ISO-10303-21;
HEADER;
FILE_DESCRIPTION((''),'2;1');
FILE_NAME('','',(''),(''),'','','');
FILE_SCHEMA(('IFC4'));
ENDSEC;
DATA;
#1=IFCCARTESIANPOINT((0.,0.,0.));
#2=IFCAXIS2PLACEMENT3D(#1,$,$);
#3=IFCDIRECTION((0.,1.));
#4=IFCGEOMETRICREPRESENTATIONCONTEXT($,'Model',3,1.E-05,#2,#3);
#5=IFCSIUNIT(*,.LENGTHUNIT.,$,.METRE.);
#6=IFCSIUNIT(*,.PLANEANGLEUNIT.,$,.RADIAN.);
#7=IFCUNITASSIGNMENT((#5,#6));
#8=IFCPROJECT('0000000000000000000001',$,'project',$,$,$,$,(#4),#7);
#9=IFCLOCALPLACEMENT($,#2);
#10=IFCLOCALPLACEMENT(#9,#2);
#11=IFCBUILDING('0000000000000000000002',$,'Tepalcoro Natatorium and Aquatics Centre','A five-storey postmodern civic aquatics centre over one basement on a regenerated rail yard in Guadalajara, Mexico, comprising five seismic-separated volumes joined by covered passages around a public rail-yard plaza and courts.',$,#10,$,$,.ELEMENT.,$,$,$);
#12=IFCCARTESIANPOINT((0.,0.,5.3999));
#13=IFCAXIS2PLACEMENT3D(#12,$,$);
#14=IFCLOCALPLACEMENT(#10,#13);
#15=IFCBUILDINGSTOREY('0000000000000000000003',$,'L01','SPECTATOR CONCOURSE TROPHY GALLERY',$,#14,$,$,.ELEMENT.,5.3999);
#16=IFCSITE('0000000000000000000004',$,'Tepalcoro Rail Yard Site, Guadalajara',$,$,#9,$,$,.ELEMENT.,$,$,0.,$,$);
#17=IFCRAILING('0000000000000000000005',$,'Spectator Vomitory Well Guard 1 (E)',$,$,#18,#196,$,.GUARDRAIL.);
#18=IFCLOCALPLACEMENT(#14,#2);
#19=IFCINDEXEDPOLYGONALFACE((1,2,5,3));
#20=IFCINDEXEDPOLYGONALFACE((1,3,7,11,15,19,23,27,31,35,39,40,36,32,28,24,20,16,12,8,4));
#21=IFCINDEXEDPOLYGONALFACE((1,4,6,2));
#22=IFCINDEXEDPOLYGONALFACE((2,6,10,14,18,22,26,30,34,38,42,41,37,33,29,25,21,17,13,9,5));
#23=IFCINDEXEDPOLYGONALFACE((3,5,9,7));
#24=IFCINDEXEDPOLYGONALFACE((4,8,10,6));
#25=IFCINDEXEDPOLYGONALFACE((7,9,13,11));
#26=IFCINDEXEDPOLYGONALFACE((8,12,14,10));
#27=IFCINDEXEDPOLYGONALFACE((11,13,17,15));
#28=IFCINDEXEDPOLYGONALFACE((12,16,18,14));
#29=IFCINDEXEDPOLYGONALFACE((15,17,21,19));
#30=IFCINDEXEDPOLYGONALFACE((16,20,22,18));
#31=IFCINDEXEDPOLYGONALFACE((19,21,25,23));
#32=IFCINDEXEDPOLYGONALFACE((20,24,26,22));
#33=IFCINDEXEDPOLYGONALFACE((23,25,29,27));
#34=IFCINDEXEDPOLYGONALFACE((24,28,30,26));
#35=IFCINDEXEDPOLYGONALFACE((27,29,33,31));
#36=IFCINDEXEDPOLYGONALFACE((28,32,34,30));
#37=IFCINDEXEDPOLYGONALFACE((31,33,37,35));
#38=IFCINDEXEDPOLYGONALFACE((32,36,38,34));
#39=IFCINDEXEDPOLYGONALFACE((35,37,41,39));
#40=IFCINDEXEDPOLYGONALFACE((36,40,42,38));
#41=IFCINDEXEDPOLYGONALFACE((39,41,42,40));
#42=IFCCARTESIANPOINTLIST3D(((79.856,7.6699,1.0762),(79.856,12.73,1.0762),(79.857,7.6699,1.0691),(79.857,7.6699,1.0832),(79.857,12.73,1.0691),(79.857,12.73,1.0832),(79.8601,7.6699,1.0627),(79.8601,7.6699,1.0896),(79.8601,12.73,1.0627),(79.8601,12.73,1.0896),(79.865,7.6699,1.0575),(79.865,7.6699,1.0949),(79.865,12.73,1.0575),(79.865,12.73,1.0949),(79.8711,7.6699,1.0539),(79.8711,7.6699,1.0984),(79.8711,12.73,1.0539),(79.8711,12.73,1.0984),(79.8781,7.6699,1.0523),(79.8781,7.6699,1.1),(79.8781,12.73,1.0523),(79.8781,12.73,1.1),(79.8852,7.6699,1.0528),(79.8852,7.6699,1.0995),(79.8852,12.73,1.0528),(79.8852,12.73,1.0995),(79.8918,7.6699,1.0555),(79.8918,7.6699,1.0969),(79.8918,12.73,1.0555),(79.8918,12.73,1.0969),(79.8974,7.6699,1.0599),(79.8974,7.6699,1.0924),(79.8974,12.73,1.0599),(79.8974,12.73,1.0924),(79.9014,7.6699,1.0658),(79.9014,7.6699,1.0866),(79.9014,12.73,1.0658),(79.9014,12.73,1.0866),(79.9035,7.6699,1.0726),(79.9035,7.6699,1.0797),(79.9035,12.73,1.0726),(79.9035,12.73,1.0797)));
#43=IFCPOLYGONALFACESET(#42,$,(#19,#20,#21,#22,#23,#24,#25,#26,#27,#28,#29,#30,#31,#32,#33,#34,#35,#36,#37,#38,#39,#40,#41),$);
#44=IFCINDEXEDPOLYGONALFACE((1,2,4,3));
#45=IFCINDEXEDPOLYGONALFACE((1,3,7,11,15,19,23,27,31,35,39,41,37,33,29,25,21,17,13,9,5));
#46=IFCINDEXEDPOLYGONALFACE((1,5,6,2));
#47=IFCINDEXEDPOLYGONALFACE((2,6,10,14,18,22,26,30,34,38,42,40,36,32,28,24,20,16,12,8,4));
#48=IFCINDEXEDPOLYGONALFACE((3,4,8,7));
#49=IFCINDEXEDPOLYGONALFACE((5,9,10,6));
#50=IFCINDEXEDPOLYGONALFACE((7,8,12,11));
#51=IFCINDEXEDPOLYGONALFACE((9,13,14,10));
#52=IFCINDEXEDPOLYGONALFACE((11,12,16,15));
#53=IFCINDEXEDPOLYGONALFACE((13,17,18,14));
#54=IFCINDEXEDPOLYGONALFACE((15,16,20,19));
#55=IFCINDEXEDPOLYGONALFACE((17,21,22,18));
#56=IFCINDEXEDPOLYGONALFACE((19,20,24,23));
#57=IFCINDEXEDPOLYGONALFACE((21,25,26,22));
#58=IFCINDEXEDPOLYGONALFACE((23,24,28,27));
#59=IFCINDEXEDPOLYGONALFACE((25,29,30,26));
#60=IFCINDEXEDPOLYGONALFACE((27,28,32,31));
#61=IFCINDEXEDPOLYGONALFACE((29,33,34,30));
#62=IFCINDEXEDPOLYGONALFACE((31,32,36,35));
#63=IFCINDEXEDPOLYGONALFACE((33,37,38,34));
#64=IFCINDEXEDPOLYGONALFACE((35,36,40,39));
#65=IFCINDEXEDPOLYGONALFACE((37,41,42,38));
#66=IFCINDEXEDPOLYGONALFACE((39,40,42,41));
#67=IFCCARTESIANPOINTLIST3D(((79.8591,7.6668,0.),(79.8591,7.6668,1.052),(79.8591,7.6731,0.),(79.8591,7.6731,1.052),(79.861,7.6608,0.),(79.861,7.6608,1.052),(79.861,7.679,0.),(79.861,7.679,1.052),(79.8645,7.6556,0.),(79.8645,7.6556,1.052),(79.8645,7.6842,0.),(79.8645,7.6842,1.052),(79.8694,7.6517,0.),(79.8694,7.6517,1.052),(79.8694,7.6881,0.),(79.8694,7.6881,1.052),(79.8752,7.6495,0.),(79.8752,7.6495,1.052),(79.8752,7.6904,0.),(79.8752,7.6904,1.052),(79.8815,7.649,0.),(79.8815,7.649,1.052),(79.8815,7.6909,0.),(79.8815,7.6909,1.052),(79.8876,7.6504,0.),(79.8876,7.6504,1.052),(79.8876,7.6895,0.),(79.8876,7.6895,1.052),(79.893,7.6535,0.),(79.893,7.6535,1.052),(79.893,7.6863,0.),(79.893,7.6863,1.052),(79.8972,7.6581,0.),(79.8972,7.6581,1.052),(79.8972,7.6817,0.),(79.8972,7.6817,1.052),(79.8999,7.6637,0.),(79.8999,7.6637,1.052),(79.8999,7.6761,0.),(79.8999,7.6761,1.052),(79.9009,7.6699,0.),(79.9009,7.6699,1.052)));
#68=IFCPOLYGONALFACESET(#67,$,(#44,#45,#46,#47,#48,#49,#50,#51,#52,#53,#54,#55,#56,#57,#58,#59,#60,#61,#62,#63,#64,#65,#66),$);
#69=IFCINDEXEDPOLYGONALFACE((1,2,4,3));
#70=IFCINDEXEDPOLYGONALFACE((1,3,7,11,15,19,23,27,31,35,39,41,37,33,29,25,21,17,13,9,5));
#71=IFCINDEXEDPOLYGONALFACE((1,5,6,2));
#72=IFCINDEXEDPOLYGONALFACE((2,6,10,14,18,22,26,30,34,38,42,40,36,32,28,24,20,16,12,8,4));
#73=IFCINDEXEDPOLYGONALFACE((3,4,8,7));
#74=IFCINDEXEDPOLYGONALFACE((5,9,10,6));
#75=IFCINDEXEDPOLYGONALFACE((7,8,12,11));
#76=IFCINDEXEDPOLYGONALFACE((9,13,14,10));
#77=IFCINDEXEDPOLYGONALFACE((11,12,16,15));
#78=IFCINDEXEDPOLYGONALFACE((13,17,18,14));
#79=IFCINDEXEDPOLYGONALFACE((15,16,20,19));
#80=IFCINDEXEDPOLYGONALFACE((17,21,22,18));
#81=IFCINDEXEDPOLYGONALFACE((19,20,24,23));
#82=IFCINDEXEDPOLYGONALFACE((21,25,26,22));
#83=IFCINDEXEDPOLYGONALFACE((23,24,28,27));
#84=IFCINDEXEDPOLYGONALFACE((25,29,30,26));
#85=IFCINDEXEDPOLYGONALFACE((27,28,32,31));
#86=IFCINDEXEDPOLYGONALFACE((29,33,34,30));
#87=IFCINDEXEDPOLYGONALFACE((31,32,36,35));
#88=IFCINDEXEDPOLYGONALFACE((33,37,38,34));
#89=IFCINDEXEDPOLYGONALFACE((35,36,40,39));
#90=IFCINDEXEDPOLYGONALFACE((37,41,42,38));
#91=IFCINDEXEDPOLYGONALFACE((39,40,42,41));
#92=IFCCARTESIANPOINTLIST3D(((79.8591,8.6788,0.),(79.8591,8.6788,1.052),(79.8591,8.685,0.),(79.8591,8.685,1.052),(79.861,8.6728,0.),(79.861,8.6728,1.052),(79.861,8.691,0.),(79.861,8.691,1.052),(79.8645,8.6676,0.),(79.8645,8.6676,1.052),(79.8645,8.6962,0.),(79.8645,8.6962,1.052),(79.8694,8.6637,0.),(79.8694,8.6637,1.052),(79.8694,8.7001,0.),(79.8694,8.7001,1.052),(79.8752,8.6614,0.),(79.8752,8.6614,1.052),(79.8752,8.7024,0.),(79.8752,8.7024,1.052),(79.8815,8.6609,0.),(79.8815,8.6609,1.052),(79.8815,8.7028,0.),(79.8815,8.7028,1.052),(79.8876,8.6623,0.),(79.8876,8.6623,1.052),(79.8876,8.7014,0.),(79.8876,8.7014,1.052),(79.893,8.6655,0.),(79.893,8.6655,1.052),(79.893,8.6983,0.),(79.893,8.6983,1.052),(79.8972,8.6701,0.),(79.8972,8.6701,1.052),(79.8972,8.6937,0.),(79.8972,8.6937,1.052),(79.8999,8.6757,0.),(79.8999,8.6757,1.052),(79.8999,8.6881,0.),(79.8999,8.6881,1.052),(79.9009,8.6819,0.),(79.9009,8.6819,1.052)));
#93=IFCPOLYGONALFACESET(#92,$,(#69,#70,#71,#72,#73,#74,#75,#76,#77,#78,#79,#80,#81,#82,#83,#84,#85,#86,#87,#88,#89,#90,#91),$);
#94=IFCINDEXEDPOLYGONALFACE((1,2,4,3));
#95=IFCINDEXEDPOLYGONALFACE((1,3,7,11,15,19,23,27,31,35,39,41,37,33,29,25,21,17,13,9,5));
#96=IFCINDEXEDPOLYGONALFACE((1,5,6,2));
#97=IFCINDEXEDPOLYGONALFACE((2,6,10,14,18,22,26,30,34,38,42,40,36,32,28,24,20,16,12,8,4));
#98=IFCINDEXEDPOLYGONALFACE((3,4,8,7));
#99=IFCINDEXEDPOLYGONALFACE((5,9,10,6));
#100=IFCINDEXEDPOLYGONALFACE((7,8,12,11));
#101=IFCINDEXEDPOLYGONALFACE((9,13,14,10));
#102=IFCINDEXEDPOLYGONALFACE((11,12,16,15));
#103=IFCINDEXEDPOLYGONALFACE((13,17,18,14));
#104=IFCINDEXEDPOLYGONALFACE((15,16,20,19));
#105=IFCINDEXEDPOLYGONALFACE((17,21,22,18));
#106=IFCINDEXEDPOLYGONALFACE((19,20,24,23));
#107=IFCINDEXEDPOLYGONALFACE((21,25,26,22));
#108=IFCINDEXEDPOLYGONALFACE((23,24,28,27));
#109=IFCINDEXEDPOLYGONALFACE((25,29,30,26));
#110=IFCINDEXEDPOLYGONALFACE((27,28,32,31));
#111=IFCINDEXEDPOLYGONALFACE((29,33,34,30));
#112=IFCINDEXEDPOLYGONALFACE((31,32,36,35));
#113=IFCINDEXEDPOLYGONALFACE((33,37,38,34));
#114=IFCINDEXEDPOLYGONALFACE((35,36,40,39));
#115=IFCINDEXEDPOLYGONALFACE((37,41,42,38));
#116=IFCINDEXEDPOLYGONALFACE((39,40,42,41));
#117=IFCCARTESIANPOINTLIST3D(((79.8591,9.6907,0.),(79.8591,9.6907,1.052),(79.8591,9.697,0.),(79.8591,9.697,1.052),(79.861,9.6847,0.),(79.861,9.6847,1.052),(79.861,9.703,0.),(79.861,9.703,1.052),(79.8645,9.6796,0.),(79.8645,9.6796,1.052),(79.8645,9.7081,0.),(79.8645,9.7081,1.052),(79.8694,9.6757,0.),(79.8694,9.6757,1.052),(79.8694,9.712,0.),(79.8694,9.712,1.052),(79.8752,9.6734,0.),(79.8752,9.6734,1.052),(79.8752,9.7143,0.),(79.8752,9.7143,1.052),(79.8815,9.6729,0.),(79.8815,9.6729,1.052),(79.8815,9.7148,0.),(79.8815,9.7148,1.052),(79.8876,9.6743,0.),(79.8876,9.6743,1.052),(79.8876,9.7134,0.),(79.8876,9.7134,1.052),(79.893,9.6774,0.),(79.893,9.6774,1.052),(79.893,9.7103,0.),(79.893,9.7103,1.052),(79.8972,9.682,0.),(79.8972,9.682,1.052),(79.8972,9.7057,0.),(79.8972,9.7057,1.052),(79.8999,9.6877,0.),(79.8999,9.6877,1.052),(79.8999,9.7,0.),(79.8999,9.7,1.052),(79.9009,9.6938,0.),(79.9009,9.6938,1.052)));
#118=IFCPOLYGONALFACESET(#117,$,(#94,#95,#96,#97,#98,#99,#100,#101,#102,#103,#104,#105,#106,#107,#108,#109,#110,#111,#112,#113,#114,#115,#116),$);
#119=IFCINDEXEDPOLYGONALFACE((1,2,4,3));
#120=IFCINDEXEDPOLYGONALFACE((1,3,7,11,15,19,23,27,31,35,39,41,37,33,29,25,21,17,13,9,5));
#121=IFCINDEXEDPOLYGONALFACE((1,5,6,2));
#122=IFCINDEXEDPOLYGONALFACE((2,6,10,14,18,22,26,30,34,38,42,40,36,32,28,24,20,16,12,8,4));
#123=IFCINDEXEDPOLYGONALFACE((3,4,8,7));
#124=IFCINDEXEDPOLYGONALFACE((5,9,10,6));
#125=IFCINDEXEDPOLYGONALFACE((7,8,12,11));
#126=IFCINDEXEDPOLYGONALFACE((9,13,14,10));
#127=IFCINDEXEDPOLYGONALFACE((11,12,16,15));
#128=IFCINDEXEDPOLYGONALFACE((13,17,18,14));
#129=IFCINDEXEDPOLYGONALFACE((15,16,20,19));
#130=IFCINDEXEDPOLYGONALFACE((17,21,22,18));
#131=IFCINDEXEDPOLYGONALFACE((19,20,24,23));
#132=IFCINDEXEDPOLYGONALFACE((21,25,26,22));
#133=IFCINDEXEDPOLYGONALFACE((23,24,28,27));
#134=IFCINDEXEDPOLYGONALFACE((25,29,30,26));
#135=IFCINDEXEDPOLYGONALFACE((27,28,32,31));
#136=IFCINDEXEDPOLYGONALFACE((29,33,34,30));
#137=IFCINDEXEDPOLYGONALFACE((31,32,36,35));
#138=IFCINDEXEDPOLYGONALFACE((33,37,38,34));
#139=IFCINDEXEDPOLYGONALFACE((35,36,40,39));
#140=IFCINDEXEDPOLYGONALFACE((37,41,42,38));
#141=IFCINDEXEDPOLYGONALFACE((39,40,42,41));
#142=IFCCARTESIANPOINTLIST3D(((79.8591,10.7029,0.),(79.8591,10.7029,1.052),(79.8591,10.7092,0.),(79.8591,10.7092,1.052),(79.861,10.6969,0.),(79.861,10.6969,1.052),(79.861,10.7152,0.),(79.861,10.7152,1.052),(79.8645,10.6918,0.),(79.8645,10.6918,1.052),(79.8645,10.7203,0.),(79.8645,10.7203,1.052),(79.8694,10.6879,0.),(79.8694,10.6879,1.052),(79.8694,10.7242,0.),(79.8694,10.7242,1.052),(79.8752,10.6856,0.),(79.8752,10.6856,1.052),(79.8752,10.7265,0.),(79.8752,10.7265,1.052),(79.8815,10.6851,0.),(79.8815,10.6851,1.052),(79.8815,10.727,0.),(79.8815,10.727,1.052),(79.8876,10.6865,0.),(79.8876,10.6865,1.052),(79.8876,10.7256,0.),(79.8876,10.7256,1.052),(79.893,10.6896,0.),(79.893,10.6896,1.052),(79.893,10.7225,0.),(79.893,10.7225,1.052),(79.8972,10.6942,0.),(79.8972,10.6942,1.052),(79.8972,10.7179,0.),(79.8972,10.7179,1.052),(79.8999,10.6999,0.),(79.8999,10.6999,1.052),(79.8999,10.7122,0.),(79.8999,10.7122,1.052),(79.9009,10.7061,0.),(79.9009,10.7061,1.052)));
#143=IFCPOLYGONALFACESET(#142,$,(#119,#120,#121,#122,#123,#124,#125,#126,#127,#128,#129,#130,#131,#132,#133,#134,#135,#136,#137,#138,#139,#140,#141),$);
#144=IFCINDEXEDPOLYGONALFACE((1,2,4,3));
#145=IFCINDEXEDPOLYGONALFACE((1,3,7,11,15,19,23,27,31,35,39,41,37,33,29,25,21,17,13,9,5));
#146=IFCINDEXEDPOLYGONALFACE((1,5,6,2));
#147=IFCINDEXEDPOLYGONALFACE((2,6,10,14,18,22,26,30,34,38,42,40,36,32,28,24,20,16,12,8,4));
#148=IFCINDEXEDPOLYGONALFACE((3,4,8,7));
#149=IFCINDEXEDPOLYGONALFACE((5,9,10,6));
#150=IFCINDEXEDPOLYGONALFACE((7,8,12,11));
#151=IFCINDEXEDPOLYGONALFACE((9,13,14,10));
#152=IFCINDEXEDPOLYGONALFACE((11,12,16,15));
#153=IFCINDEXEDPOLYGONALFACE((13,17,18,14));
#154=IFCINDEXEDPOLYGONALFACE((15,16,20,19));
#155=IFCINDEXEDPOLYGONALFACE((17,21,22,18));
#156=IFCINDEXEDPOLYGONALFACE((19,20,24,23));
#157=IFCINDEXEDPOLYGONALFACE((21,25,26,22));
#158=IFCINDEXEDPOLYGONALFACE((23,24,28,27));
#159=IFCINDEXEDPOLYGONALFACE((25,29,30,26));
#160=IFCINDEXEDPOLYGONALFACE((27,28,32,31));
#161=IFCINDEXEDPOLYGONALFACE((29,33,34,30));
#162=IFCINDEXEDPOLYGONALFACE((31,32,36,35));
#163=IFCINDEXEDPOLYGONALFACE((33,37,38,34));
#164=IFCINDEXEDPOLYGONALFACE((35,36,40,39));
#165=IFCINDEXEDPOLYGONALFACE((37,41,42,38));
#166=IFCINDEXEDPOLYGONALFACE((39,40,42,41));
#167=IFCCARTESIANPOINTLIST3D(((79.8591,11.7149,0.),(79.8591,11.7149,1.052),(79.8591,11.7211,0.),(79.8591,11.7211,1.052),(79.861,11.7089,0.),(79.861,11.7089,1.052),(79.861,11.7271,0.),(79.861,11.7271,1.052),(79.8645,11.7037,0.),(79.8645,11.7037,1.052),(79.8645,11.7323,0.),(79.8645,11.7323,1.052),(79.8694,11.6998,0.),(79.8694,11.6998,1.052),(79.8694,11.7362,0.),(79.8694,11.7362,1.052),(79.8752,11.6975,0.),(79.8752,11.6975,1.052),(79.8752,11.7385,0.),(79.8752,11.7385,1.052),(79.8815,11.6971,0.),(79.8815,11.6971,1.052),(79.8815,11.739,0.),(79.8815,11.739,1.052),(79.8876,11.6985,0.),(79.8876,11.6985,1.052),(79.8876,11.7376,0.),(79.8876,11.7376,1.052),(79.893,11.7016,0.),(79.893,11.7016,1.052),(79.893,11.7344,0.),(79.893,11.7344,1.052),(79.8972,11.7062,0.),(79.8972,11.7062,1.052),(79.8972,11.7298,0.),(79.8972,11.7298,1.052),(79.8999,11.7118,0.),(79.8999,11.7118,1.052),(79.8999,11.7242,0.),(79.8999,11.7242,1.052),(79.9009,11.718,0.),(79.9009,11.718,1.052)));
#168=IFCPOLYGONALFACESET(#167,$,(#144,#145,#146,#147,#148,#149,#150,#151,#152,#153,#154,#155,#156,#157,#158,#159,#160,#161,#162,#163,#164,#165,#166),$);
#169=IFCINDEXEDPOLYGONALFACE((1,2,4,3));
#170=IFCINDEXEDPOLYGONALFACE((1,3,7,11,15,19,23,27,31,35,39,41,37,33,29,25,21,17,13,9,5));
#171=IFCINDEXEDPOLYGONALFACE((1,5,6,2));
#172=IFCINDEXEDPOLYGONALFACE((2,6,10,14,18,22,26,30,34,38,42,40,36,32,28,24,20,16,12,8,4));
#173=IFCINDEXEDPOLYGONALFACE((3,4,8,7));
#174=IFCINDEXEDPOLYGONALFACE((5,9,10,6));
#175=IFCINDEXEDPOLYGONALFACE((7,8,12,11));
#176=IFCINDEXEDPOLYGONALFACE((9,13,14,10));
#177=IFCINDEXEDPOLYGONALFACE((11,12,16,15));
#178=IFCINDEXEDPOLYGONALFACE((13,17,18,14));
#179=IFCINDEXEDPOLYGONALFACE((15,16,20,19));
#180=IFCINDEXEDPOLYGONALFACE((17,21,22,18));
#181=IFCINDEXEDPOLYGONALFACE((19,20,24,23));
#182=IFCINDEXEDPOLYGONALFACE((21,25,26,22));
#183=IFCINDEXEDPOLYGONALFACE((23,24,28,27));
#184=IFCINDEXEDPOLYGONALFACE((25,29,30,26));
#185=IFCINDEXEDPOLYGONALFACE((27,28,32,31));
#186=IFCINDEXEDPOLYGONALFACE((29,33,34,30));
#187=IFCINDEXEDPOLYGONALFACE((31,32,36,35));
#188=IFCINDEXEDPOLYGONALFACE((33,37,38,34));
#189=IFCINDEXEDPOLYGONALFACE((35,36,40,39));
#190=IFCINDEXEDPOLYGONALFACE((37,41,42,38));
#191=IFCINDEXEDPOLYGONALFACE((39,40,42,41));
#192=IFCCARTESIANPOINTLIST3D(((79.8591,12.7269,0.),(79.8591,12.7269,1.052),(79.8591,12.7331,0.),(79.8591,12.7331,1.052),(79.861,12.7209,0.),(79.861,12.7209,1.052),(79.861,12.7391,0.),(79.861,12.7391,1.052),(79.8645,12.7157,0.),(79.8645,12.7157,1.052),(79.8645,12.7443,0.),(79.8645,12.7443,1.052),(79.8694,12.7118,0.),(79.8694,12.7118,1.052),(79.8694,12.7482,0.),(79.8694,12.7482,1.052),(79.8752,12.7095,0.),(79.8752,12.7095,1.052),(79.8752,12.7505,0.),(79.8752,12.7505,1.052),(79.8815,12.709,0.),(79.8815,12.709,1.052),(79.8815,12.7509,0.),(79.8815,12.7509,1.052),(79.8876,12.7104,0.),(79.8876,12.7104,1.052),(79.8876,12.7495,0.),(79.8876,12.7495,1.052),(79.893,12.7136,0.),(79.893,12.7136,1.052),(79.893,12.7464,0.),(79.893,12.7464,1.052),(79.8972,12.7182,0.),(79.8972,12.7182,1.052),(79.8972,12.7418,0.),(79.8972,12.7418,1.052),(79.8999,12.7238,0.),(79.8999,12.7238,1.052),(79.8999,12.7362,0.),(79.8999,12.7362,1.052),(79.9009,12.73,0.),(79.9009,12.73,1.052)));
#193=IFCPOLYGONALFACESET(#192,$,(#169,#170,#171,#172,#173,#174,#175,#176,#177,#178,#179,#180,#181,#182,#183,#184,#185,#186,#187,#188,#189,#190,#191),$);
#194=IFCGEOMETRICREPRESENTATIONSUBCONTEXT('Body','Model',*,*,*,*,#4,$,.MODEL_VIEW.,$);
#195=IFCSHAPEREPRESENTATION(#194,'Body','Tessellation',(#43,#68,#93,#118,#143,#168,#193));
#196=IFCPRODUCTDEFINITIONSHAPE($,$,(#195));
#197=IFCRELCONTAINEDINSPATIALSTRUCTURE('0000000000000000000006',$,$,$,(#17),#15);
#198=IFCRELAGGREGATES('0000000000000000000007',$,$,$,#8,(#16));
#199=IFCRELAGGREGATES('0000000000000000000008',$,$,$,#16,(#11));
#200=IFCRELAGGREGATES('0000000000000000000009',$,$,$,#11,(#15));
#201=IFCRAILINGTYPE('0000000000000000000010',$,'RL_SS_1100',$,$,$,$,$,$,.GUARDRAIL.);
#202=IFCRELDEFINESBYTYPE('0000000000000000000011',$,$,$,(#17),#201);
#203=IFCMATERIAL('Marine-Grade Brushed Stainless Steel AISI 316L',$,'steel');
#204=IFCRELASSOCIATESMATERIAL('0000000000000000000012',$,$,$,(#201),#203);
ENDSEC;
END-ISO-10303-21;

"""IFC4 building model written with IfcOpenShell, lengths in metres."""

from ifc_helpers import new_model, si_unit, direction, frame, origin, origin_2d, place, context, subcontext, project, spatial, circle, extrude, material, type_object, element, save


model = new_model("IFC4")

# Units and contexts
model_context = context("Model", 3, precision=1e-05, world=origin(), true_north=direction((0.0, 1.0)))
body_context = subcontext(model_context, "Body", "Model", "MODEL_VIEW")
ifc_project = project(units=[si_unit("LENGTHUNIT", "METRE"), si_unit("PLANEANGLEUNIT", "RADIAN")], contexts=[model_context])

# Site, building, storey
site_placement = place(None, origin())
site = spatial("IfcSite", under=ifc_project, at=site_placement, Name="Tepalcoro Rail Yard Site, Guadalajara", CompositionType="ELEMENT", RefElevation=0.0)
building_placement = place(site_placement, origin())
building = spatial("IfcBuilding", under=site, at=building_placement, Name="Tepalcoro Natatorium and Aquatics Centre", Description="A five-storey postmodern civic aquatics centre over one basement on a regenerated rail yard in Guadalajara, Mexico, comprising five seismic-separated volumes joined by covered passages around a public rail-yard plaza and courts.", CompositionType="ELEMENT")
storey_placement = place(building_placement, frame((0.0, 0.0, 5.3999)))
storey = spatial("IfcBuildingStorey", under=building, at=storey_placement, Name="L01", Description="SPECTATOR CONCOURSE TROPHY GALLERY", CompositionType="ELEMENT", Elevation=5.3999)

# Railing
ifc_material_1 = material(Name="Marine-Grade Brushed Stainless Steel AISI 316L", Category="steel")
railing_type = type_object("IfcRailingType", Name="RL_SS_1100", PredefinedType="GUARDRAIL", material=ifc_material_1)
railing_1_placement = place(storey_placement, frame((79.8799, 7.6699, 0.0)))
element("IfcRailing", 1, at=railing_1_placement, inside=storey, type_object=railing_type, Name="Spectator Vomitory Well Guard 1 (E)", PredefinedType="GUARDRAIL", context=body_context, shape_type="SweptSolid", body=[
    extrude(circle(Radius=0.0239, at=origin_2d()), frame((0.0, 0.0, 1.0762), z_axis=(0.0, 1.0, 0.0), x_axis=(-1.0, 0.0, 0.0)), (0.0, 0.0, 1.0), 5.0601),
    extrude(circle(Radius=0.021, at=origin_2d()), origin(), (0.0, 0.0, 1.0), 1.052),
    extrude(circle(Radius=0.021, at=origin_2d()), frame((0.0, 1.012, 0.0)), (0.0, 0.0, 1.0), 1.052),
    extrude(circle(Radius=0.021, at=origin_2d()), frame((0.0, 2.0239, 0.0)), (0.0, 0.0, 1.0), 1.052),
    extrude(circle(Radius=0.021, at=origin_2d()), frame((0.0, 3.0361, 0.0)), (0.0, 0.0, 1.0), 1.052),
    extrude(circle(Radius=0.021, at=origin_2d()), frame((0.0, 4.0481, 0.0)), (0.0, 0.0, 1.0), 1.052),
    extrude(circle(Radius=0.021, at=origin_2d()), frame((0.0, 5.0601, 0.0)), (0.0, 0.0, 1.0), 1.052),
])

save(model, "model.ifc")
